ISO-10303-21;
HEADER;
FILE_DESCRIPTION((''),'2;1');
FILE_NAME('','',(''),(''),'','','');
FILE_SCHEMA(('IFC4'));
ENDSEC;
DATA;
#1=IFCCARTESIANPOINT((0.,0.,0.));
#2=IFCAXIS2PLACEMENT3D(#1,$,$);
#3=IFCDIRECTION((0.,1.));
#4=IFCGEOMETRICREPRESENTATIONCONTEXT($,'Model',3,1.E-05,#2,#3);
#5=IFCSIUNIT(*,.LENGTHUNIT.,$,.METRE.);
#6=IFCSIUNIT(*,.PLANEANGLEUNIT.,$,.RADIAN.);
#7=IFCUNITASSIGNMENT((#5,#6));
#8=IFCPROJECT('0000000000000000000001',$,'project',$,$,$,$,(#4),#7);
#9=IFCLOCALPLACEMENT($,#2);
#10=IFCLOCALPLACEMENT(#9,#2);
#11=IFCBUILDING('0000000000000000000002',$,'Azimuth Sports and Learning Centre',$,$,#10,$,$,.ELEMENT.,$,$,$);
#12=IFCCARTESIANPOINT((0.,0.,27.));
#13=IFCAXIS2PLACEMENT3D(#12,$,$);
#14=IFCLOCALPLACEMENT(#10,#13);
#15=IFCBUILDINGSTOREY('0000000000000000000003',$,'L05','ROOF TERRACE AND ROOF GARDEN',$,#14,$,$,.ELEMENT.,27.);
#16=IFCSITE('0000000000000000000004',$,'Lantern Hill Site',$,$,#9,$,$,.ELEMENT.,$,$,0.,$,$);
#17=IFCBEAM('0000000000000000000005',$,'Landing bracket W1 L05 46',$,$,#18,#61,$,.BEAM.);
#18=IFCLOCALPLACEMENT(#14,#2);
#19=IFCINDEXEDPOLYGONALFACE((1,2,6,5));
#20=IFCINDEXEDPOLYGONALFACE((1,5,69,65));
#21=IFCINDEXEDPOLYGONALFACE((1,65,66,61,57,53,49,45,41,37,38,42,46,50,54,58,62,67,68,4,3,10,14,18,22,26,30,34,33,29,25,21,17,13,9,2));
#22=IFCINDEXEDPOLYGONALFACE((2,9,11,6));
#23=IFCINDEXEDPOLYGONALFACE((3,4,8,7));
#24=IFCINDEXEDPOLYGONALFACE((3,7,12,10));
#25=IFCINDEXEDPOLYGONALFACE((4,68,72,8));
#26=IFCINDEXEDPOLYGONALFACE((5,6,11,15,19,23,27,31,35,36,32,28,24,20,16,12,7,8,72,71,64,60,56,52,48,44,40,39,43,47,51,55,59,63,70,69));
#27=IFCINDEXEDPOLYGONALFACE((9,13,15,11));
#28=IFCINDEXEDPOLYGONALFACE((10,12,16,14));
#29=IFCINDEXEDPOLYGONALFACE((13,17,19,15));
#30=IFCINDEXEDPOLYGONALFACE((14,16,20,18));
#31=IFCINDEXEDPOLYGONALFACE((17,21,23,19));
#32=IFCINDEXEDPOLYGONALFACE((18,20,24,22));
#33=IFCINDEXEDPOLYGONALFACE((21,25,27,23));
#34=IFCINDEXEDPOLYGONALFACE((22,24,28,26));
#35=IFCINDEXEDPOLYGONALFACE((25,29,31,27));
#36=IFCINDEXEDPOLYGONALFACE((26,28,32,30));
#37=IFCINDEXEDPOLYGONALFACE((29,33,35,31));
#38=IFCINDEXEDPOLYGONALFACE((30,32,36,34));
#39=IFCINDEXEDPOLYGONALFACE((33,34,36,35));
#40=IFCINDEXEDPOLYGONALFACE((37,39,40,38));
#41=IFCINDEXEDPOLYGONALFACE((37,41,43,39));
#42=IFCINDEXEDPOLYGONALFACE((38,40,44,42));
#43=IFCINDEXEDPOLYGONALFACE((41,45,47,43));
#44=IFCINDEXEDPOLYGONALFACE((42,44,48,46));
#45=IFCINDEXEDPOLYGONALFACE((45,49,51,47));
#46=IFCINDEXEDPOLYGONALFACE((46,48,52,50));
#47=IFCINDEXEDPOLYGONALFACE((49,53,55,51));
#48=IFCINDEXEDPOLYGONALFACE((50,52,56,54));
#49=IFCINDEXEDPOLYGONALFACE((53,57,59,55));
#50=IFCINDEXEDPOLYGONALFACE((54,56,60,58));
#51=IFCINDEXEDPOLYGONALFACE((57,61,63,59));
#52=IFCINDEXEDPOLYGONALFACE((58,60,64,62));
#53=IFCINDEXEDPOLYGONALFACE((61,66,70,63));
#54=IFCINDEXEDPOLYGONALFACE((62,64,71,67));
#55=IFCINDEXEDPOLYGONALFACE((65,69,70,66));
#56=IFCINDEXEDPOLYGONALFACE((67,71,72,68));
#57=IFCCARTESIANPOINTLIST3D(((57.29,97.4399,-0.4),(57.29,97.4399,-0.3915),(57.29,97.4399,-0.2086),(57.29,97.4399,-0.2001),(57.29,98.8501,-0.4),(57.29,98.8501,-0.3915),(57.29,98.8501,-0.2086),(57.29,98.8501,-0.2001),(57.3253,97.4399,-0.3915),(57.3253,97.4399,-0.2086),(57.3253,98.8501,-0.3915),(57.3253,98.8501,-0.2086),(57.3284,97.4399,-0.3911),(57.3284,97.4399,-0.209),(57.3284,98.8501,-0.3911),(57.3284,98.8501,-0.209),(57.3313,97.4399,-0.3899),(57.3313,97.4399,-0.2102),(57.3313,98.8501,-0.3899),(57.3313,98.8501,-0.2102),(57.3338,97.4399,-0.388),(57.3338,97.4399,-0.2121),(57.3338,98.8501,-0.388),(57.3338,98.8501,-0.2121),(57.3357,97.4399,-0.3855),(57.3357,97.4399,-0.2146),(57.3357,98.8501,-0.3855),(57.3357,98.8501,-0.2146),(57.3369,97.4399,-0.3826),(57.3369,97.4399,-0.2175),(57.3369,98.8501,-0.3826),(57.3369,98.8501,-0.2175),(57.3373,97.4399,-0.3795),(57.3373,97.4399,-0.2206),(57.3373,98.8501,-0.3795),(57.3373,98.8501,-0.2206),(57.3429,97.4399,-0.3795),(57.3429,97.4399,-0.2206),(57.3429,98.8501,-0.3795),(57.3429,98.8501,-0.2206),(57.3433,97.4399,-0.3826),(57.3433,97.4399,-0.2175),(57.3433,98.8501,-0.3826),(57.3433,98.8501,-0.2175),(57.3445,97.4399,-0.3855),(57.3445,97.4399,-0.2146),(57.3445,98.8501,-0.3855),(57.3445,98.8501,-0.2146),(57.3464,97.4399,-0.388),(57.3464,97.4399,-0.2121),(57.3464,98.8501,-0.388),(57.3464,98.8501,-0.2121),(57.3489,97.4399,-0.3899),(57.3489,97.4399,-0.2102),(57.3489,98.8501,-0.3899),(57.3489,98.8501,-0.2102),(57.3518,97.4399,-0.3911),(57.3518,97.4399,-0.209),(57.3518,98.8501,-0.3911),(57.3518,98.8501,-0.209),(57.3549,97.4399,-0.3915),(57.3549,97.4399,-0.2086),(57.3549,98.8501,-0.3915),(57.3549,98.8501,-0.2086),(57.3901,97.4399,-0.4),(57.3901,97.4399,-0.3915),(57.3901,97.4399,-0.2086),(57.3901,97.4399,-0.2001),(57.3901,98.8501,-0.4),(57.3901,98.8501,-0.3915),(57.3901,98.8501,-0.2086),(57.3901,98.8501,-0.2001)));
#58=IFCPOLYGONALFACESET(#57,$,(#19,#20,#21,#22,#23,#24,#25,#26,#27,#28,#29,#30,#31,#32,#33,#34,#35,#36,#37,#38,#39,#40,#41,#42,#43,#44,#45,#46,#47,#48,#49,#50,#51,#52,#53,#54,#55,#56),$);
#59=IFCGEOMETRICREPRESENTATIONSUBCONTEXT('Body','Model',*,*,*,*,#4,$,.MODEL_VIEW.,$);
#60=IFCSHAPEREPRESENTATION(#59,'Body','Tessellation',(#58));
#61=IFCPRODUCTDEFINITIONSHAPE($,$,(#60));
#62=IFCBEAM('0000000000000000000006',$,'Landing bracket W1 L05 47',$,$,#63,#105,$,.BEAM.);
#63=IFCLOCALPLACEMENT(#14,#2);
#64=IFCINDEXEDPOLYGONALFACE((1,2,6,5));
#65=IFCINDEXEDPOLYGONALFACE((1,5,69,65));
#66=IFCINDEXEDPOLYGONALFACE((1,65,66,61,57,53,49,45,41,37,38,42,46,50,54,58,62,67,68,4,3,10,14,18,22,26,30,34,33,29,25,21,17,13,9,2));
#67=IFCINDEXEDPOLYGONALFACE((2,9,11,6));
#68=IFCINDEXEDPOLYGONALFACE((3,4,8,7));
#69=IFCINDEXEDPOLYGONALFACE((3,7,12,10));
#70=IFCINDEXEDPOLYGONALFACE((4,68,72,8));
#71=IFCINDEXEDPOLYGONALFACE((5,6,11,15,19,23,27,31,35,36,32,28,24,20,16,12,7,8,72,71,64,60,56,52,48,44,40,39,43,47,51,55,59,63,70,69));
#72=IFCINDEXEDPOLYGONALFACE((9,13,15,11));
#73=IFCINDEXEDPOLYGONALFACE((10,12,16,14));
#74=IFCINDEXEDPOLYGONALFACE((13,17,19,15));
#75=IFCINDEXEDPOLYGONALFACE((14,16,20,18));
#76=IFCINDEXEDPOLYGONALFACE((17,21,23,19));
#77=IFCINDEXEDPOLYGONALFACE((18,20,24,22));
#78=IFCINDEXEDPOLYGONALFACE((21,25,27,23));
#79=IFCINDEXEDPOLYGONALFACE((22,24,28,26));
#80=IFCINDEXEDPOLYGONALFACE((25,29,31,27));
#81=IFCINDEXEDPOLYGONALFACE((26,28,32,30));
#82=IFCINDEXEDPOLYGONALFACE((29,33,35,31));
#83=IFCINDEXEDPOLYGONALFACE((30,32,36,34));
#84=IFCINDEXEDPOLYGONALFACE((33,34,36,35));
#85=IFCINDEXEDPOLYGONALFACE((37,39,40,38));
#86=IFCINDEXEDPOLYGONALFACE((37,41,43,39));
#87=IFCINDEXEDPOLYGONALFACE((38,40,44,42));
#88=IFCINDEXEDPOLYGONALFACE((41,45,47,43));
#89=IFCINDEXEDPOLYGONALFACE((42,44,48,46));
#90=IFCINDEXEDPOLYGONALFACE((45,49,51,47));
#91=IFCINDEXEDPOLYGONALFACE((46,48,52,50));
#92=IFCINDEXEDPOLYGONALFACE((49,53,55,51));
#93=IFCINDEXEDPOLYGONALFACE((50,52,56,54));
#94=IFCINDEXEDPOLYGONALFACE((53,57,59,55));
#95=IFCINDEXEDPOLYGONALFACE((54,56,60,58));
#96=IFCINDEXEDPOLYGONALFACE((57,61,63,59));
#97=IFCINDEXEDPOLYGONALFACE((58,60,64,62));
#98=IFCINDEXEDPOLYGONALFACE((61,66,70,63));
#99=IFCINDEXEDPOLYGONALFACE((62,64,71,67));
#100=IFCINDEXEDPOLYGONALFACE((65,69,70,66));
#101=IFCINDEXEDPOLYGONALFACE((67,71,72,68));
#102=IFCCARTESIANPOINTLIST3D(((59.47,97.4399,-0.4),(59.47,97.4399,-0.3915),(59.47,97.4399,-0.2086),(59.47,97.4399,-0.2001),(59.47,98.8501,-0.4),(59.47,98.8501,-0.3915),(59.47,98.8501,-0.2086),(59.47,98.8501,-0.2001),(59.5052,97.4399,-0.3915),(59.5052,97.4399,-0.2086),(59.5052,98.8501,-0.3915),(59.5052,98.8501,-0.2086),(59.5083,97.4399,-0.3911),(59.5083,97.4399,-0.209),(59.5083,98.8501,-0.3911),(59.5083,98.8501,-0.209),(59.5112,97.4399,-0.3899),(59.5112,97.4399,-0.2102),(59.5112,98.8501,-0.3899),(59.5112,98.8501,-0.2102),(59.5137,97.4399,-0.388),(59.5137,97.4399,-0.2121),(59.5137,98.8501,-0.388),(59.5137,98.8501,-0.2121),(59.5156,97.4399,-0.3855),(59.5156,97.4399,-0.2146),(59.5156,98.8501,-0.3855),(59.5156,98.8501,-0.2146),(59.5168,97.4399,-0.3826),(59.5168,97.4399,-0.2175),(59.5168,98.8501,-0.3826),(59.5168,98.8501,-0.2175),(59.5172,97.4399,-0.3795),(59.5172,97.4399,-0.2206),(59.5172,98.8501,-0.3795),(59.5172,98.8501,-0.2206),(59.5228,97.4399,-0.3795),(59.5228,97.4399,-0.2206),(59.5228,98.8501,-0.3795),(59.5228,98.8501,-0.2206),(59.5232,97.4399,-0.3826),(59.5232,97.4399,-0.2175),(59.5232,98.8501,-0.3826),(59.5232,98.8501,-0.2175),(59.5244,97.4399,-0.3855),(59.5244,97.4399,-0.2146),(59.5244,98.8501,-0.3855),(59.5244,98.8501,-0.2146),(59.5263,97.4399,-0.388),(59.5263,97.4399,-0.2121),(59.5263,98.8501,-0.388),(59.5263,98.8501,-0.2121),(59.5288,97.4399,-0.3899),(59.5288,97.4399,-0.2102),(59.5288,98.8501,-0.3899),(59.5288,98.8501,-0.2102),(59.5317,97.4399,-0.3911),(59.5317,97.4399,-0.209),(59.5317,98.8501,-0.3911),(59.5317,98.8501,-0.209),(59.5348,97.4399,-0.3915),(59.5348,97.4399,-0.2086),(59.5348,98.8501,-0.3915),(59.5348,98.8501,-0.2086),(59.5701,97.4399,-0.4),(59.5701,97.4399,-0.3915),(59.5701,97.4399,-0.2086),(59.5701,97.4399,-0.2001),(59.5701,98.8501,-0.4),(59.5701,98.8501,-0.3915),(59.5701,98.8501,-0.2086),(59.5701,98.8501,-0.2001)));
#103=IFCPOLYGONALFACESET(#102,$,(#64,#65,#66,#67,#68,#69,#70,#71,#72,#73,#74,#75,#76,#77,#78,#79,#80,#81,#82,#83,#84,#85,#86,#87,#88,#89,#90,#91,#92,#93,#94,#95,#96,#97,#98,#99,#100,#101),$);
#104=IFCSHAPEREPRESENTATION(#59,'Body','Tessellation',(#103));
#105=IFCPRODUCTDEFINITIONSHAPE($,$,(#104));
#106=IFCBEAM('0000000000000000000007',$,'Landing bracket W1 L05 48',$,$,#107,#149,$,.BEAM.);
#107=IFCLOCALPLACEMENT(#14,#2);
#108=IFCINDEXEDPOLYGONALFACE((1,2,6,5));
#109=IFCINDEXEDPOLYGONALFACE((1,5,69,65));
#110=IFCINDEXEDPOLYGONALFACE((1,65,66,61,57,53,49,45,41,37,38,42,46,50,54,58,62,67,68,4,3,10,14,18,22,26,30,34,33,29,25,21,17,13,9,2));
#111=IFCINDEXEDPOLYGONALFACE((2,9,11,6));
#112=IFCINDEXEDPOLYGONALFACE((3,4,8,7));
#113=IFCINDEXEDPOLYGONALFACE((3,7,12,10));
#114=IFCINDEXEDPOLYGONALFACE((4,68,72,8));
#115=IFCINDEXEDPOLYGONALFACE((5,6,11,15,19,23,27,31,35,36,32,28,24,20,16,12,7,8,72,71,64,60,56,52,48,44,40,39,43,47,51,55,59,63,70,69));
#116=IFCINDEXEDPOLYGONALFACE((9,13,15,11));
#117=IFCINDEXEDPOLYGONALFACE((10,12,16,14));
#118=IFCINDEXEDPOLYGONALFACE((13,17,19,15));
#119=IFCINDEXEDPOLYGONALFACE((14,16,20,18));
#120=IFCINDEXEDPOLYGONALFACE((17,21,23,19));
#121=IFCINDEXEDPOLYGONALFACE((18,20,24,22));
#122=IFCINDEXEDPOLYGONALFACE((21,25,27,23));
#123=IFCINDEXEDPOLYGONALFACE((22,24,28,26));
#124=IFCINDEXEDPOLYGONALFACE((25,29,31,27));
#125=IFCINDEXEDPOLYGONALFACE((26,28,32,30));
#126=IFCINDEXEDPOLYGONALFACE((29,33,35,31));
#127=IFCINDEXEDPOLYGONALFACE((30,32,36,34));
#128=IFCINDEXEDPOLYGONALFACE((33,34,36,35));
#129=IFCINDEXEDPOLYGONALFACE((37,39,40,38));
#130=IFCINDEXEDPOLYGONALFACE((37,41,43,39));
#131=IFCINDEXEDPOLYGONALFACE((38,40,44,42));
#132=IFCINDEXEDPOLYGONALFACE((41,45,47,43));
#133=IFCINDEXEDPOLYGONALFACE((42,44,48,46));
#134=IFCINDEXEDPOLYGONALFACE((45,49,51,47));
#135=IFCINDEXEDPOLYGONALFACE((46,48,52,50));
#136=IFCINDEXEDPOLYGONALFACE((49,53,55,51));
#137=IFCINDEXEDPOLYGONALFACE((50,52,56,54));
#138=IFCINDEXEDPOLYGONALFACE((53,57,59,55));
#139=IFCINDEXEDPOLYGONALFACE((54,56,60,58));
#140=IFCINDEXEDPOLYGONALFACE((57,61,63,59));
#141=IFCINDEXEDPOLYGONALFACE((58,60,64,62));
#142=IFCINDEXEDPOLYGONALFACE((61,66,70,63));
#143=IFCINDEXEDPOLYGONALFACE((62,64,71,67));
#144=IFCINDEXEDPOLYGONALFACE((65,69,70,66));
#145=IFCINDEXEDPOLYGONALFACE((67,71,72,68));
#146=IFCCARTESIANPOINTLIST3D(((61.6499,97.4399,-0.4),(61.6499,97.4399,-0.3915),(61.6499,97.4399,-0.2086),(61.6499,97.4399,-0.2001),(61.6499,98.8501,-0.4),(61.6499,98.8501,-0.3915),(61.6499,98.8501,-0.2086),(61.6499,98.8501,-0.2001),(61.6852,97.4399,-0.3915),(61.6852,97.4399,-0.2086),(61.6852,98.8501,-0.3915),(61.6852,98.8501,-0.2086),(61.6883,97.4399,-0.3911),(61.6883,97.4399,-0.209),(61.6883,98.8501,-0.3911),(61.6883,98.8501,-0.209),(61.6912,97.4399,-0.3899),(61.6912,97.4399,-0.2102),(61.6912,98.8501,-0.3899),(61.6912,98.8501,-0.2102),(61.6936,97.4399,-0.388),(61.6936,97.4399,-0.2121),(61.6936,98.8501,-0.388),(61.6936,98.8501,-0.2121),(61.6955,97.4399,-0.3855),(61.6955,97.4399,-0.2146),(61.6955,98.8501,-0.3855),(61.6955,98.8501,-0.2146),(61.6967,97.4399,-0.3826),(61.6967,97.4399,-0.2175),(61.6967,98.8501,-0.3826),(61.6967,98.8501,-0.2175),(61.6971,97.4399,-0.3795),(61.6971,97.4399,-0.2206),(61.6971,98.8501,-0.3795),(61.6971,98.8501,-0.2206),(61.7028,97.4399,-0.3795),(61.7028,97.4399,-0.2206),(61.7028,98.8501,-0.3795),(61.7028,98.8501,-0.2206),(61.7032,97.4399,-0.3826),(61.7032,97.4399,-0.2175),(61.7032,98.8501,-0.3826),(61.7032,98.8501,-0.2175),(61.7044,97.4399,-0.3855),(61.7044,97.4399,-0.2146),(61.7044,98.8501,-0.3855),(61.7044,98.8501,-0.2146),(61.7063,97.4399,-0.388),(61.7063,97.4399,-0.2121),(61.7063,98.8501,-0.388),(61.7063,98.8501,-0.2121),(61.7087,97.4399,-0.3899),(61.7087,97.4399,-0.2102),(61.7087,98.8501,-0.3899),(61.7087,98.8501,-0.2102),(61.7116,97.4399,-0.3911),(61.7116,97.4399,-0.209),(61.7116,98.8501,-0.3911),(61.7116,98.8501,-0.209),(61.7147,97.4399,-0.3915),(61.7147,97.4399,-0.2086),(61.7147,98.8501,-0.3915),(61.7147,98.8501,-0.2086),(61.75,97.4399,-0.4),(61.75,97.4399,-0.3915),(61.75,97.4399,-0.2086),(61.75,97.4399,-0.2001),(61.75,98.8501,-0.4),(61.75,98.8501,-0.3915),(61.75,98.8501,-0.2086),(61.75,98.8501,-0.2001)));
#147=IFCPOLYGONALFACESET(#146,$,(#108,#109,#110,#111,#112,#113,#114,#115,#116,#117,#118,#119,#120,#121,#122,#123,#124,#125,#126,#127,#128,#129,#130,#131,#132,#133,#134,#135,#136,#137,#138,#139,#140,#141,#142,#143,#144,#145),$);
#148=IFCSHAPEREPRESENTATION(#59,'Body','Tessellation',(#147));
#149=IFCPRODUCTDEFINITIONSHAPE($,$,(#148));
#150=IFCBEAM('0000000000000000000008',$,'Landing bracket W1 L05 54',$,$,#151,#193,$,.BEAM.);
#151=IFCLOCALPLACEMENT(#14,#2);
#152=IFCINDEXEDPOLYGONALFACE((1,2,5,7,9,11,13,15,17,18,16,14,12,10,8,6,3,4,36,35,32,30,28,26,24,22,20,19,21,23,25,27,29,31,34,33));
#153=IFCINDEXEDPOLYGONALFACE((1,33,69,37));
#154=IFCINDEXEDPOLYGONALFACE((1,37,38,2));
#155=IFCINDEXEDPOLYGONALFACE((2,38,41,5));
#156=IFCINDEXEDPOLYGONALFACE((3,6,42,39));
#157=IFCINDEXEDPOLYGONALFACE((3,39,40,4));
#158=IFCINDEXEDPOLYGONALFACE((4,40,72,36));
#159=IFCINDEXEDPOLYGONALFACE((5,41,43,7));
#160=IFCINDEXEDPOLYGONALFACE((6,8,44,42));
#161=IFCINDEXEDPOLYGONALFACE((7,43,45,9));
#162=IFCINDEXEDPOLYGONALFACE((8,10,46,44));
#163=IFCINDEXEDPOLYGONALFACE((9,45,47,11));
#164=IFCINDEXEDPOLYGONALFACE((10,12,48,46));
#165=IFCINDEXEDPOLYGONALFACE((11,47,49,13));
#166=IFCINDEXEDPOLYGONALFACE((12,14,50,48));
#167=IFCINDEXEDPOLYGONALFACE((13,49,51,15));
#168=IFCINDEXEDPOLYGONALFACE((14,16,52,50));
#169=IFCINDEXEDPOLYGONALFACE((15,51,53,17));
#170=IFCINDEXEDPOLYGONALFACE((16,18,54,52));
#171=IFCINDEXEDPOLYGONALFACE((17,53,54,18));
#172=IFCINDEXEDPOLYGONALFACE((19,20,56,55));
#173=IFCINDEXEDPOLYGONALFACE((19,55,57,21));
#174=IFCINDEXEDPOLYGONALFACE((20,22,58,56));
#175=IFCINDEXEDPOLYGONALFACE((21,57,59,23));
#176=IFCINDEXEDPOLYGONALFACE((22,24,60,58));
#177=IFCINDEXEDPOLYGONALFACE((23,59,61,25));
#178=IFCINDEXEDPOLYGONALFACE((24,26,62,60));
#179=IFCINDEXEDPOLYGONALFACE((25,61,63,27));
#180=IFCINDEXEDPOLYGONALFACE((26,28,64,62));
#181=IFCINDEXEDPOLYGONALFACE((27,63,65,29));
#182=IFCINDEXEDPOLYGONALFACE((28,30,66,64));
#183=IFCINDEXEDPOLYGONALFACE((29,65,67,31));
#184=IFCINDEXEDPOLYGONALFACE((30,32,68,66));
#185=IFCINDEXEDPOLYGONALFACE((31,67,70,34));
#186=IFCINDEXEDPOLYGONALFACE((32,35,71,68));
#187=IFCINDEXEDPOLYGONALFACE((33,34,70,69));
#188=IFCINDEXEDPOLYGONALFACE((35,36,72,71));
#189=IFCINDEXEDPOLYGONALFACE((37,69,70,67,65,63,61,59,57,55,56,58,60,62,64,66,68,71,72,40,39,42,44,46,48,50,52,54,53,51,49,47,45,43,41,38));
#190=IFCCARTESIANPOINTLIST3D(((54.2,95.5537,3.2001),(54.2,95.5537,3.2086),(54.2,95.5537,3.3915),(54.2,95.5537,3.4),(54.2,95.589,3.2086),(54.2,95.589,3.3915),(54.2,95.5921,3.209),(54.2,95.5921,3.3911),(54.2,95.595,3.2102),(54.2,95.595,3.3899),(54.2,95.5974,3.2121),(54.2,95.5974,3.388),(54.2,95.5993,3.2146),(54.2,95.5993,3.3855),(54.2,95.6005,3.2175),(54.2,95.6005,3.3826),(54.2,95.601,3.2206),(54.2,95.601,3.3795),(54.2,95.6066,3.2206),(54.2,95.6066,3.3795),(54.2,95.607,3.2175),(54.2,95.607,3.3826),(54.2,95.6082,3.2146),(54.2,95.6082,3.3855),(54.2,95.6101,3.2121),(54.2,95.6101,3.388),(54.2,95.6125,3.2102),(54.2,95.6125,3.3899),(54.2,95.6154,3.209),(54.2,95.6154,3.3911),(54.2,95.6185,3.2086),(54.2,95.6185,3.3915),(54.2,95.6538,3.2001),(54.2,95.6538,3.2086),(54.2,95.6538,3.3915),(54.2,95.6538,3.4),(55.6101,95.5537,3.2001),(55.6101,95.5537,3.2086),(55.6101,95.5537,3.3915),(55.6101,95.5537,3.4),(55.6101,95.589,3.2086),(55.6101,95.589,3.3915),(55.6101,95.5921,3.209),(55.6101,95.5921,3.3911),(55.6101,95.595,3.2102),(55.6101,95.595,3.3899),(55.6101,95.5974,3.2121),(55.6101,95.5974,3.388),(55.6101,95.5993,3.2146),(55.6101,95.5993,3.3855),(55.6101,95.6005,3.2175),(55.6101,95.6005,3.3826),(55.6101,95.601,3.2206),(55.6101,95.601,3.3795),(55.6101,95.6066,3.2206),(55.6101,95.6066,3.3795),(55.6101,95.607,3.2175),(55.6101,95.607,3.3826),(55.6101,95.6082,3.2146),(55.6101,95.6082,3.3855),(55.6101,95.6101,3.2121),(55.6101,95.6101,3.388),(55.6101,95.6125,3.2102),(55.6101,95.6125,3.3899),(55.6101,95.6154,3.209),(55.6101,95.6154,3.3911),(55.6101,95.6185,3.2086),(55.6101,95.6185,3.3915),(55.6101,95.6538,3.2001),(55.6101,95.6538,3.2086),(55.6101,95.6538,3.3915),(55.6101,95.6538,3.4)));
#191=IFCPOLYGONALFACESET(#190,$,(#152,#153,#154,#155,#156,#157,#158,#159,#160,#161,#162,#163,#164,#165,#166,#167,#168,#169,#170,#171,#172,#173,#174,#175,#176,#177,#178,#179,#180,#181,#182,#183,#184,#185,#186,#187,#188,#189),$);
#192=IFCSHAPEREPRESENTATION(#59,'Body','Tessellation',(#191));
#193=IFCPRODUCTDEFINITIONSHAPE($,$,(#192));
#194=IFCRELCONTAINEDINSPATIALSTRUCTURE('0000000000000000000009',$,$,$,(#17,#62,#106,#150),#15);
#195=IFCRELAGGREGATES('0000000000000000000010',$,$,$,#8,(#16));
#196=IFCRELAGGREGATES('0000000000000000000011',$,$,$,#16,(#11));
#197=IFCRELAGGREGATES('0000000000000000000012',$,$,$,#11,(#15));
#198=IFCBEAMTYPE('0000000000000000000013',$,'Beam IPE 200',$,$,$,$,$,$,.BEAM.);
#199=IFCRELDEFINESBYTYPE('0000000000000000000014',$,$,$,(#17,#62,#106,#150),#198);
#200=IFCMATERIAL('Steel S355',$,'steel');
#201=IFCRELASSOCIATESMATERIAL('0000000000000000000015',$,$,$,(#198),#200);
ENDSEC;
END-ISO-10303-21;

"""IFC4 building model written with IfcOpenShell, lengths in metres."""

from ifc_helpers import new_model, si_unit, direction, frame, origin, origin_2d, place, context, subcontext, project, spatial, i_section, extrude, material, material_profile, profile_set, type_object, element, save


model = new_model("IFC4")

# Units and contexts
model_context = context("Model", 3, precision=1e-05, world=origin(), true_north=direction((0.0, 1.0)))
body_context = subcontext(model_context, "Body", "Model", "MODEL_VIEW")
ifc_project = project(units=[si_unit("LENGTHUNIT", "METRE"), si_unit("PLANEANGLEUNIT", "RADIAN")], contexts=[model_context])

# Site, building, storey
site_placement = place(None, origin())
site = spatial("IfcSite", under=ifc_project, at=site_placement, Name="Lantern Hill Site", CompositionType="ELEMENT", RefElevation=0.0)
building_placement = place(site_placement, origin())
building = spatial("IfcBuilding", under=site, at=building_placement, Name="Azimuth Sports and Learning Centre", CompositionType="ELEMENT")
storey_placement = place(building_placement, frame((0.0, 0.0, 27.0)))
storey = spatial("IfcBuildingStorey", under=building, at=storey_placement, Name="L05", Description="ROOF TERRACE AND ROOF GARDEN", CompositionType="ELEMENT", Elevation=27.0)

# Beams
ifc_material_1 = material(Name="Steel S355", Category="steel")
ifc_material_profile = material_profile(ifc_material_1, i_section(OverallWidth=0.1001, OverallDepth=0.2, WebThickness=0.0056, FlangeThickness=0.0085, FilletRadius=0.012, at=origin_2d()), Name="IPE 200")
ifc_profile_set = profile_set([ifc_material_profile], Name="Steel S355")
beam_type = type_object("IfcBeamType", Name="Beam IPE 200", PredefinedType="BEAM", material=ifc_profile_set)
for number, where, z_axis, x_axis, name in (
    (1, (57.3401, 98.8501, -0.3), (0.0, -1.0, 0.0), (1.0, 0.0, 0.0), "Landing bracket W1 L05 46"),
    (2, (59.52, 98.8501, -0.3), (0.0, -1.0, 0.0), (1.0, 0.0, 0.0), "Landing bracket W1 L05 47"),
    (3, (61.7, 98.8501, -0.3), (0.0, -1.0, 0.0), (1.0, 0.0, 0.0), "Landing bracket W1 L05 48"),
    (4, (54.2, 95.6038, 3.3), (1.0, 0.0, 0.0), (0.0, 1.0, 0.0), "Landing bracket W1 L05 54"),
):
    element("IfcBeam", number, at=place(storey_placement, frame(where, z_axis=z_axis, x_axis=x_axis)), inside=storey, type_object=beam_type, Name=name, PredefinedType="BEAM", context=body_context, shape_type="SweptSolid", body=[
        extrude(i_section(OverallWidth=0.1001, OverallDepth=0.2, WebThickness=0.0056, FlangeThickness=0.0085, FilletRadius=0.012, at=origin_2d()), origin(), (0.0, 0.0, 1.0), 1.4102),
    ])

save(model, "model.ifc")
